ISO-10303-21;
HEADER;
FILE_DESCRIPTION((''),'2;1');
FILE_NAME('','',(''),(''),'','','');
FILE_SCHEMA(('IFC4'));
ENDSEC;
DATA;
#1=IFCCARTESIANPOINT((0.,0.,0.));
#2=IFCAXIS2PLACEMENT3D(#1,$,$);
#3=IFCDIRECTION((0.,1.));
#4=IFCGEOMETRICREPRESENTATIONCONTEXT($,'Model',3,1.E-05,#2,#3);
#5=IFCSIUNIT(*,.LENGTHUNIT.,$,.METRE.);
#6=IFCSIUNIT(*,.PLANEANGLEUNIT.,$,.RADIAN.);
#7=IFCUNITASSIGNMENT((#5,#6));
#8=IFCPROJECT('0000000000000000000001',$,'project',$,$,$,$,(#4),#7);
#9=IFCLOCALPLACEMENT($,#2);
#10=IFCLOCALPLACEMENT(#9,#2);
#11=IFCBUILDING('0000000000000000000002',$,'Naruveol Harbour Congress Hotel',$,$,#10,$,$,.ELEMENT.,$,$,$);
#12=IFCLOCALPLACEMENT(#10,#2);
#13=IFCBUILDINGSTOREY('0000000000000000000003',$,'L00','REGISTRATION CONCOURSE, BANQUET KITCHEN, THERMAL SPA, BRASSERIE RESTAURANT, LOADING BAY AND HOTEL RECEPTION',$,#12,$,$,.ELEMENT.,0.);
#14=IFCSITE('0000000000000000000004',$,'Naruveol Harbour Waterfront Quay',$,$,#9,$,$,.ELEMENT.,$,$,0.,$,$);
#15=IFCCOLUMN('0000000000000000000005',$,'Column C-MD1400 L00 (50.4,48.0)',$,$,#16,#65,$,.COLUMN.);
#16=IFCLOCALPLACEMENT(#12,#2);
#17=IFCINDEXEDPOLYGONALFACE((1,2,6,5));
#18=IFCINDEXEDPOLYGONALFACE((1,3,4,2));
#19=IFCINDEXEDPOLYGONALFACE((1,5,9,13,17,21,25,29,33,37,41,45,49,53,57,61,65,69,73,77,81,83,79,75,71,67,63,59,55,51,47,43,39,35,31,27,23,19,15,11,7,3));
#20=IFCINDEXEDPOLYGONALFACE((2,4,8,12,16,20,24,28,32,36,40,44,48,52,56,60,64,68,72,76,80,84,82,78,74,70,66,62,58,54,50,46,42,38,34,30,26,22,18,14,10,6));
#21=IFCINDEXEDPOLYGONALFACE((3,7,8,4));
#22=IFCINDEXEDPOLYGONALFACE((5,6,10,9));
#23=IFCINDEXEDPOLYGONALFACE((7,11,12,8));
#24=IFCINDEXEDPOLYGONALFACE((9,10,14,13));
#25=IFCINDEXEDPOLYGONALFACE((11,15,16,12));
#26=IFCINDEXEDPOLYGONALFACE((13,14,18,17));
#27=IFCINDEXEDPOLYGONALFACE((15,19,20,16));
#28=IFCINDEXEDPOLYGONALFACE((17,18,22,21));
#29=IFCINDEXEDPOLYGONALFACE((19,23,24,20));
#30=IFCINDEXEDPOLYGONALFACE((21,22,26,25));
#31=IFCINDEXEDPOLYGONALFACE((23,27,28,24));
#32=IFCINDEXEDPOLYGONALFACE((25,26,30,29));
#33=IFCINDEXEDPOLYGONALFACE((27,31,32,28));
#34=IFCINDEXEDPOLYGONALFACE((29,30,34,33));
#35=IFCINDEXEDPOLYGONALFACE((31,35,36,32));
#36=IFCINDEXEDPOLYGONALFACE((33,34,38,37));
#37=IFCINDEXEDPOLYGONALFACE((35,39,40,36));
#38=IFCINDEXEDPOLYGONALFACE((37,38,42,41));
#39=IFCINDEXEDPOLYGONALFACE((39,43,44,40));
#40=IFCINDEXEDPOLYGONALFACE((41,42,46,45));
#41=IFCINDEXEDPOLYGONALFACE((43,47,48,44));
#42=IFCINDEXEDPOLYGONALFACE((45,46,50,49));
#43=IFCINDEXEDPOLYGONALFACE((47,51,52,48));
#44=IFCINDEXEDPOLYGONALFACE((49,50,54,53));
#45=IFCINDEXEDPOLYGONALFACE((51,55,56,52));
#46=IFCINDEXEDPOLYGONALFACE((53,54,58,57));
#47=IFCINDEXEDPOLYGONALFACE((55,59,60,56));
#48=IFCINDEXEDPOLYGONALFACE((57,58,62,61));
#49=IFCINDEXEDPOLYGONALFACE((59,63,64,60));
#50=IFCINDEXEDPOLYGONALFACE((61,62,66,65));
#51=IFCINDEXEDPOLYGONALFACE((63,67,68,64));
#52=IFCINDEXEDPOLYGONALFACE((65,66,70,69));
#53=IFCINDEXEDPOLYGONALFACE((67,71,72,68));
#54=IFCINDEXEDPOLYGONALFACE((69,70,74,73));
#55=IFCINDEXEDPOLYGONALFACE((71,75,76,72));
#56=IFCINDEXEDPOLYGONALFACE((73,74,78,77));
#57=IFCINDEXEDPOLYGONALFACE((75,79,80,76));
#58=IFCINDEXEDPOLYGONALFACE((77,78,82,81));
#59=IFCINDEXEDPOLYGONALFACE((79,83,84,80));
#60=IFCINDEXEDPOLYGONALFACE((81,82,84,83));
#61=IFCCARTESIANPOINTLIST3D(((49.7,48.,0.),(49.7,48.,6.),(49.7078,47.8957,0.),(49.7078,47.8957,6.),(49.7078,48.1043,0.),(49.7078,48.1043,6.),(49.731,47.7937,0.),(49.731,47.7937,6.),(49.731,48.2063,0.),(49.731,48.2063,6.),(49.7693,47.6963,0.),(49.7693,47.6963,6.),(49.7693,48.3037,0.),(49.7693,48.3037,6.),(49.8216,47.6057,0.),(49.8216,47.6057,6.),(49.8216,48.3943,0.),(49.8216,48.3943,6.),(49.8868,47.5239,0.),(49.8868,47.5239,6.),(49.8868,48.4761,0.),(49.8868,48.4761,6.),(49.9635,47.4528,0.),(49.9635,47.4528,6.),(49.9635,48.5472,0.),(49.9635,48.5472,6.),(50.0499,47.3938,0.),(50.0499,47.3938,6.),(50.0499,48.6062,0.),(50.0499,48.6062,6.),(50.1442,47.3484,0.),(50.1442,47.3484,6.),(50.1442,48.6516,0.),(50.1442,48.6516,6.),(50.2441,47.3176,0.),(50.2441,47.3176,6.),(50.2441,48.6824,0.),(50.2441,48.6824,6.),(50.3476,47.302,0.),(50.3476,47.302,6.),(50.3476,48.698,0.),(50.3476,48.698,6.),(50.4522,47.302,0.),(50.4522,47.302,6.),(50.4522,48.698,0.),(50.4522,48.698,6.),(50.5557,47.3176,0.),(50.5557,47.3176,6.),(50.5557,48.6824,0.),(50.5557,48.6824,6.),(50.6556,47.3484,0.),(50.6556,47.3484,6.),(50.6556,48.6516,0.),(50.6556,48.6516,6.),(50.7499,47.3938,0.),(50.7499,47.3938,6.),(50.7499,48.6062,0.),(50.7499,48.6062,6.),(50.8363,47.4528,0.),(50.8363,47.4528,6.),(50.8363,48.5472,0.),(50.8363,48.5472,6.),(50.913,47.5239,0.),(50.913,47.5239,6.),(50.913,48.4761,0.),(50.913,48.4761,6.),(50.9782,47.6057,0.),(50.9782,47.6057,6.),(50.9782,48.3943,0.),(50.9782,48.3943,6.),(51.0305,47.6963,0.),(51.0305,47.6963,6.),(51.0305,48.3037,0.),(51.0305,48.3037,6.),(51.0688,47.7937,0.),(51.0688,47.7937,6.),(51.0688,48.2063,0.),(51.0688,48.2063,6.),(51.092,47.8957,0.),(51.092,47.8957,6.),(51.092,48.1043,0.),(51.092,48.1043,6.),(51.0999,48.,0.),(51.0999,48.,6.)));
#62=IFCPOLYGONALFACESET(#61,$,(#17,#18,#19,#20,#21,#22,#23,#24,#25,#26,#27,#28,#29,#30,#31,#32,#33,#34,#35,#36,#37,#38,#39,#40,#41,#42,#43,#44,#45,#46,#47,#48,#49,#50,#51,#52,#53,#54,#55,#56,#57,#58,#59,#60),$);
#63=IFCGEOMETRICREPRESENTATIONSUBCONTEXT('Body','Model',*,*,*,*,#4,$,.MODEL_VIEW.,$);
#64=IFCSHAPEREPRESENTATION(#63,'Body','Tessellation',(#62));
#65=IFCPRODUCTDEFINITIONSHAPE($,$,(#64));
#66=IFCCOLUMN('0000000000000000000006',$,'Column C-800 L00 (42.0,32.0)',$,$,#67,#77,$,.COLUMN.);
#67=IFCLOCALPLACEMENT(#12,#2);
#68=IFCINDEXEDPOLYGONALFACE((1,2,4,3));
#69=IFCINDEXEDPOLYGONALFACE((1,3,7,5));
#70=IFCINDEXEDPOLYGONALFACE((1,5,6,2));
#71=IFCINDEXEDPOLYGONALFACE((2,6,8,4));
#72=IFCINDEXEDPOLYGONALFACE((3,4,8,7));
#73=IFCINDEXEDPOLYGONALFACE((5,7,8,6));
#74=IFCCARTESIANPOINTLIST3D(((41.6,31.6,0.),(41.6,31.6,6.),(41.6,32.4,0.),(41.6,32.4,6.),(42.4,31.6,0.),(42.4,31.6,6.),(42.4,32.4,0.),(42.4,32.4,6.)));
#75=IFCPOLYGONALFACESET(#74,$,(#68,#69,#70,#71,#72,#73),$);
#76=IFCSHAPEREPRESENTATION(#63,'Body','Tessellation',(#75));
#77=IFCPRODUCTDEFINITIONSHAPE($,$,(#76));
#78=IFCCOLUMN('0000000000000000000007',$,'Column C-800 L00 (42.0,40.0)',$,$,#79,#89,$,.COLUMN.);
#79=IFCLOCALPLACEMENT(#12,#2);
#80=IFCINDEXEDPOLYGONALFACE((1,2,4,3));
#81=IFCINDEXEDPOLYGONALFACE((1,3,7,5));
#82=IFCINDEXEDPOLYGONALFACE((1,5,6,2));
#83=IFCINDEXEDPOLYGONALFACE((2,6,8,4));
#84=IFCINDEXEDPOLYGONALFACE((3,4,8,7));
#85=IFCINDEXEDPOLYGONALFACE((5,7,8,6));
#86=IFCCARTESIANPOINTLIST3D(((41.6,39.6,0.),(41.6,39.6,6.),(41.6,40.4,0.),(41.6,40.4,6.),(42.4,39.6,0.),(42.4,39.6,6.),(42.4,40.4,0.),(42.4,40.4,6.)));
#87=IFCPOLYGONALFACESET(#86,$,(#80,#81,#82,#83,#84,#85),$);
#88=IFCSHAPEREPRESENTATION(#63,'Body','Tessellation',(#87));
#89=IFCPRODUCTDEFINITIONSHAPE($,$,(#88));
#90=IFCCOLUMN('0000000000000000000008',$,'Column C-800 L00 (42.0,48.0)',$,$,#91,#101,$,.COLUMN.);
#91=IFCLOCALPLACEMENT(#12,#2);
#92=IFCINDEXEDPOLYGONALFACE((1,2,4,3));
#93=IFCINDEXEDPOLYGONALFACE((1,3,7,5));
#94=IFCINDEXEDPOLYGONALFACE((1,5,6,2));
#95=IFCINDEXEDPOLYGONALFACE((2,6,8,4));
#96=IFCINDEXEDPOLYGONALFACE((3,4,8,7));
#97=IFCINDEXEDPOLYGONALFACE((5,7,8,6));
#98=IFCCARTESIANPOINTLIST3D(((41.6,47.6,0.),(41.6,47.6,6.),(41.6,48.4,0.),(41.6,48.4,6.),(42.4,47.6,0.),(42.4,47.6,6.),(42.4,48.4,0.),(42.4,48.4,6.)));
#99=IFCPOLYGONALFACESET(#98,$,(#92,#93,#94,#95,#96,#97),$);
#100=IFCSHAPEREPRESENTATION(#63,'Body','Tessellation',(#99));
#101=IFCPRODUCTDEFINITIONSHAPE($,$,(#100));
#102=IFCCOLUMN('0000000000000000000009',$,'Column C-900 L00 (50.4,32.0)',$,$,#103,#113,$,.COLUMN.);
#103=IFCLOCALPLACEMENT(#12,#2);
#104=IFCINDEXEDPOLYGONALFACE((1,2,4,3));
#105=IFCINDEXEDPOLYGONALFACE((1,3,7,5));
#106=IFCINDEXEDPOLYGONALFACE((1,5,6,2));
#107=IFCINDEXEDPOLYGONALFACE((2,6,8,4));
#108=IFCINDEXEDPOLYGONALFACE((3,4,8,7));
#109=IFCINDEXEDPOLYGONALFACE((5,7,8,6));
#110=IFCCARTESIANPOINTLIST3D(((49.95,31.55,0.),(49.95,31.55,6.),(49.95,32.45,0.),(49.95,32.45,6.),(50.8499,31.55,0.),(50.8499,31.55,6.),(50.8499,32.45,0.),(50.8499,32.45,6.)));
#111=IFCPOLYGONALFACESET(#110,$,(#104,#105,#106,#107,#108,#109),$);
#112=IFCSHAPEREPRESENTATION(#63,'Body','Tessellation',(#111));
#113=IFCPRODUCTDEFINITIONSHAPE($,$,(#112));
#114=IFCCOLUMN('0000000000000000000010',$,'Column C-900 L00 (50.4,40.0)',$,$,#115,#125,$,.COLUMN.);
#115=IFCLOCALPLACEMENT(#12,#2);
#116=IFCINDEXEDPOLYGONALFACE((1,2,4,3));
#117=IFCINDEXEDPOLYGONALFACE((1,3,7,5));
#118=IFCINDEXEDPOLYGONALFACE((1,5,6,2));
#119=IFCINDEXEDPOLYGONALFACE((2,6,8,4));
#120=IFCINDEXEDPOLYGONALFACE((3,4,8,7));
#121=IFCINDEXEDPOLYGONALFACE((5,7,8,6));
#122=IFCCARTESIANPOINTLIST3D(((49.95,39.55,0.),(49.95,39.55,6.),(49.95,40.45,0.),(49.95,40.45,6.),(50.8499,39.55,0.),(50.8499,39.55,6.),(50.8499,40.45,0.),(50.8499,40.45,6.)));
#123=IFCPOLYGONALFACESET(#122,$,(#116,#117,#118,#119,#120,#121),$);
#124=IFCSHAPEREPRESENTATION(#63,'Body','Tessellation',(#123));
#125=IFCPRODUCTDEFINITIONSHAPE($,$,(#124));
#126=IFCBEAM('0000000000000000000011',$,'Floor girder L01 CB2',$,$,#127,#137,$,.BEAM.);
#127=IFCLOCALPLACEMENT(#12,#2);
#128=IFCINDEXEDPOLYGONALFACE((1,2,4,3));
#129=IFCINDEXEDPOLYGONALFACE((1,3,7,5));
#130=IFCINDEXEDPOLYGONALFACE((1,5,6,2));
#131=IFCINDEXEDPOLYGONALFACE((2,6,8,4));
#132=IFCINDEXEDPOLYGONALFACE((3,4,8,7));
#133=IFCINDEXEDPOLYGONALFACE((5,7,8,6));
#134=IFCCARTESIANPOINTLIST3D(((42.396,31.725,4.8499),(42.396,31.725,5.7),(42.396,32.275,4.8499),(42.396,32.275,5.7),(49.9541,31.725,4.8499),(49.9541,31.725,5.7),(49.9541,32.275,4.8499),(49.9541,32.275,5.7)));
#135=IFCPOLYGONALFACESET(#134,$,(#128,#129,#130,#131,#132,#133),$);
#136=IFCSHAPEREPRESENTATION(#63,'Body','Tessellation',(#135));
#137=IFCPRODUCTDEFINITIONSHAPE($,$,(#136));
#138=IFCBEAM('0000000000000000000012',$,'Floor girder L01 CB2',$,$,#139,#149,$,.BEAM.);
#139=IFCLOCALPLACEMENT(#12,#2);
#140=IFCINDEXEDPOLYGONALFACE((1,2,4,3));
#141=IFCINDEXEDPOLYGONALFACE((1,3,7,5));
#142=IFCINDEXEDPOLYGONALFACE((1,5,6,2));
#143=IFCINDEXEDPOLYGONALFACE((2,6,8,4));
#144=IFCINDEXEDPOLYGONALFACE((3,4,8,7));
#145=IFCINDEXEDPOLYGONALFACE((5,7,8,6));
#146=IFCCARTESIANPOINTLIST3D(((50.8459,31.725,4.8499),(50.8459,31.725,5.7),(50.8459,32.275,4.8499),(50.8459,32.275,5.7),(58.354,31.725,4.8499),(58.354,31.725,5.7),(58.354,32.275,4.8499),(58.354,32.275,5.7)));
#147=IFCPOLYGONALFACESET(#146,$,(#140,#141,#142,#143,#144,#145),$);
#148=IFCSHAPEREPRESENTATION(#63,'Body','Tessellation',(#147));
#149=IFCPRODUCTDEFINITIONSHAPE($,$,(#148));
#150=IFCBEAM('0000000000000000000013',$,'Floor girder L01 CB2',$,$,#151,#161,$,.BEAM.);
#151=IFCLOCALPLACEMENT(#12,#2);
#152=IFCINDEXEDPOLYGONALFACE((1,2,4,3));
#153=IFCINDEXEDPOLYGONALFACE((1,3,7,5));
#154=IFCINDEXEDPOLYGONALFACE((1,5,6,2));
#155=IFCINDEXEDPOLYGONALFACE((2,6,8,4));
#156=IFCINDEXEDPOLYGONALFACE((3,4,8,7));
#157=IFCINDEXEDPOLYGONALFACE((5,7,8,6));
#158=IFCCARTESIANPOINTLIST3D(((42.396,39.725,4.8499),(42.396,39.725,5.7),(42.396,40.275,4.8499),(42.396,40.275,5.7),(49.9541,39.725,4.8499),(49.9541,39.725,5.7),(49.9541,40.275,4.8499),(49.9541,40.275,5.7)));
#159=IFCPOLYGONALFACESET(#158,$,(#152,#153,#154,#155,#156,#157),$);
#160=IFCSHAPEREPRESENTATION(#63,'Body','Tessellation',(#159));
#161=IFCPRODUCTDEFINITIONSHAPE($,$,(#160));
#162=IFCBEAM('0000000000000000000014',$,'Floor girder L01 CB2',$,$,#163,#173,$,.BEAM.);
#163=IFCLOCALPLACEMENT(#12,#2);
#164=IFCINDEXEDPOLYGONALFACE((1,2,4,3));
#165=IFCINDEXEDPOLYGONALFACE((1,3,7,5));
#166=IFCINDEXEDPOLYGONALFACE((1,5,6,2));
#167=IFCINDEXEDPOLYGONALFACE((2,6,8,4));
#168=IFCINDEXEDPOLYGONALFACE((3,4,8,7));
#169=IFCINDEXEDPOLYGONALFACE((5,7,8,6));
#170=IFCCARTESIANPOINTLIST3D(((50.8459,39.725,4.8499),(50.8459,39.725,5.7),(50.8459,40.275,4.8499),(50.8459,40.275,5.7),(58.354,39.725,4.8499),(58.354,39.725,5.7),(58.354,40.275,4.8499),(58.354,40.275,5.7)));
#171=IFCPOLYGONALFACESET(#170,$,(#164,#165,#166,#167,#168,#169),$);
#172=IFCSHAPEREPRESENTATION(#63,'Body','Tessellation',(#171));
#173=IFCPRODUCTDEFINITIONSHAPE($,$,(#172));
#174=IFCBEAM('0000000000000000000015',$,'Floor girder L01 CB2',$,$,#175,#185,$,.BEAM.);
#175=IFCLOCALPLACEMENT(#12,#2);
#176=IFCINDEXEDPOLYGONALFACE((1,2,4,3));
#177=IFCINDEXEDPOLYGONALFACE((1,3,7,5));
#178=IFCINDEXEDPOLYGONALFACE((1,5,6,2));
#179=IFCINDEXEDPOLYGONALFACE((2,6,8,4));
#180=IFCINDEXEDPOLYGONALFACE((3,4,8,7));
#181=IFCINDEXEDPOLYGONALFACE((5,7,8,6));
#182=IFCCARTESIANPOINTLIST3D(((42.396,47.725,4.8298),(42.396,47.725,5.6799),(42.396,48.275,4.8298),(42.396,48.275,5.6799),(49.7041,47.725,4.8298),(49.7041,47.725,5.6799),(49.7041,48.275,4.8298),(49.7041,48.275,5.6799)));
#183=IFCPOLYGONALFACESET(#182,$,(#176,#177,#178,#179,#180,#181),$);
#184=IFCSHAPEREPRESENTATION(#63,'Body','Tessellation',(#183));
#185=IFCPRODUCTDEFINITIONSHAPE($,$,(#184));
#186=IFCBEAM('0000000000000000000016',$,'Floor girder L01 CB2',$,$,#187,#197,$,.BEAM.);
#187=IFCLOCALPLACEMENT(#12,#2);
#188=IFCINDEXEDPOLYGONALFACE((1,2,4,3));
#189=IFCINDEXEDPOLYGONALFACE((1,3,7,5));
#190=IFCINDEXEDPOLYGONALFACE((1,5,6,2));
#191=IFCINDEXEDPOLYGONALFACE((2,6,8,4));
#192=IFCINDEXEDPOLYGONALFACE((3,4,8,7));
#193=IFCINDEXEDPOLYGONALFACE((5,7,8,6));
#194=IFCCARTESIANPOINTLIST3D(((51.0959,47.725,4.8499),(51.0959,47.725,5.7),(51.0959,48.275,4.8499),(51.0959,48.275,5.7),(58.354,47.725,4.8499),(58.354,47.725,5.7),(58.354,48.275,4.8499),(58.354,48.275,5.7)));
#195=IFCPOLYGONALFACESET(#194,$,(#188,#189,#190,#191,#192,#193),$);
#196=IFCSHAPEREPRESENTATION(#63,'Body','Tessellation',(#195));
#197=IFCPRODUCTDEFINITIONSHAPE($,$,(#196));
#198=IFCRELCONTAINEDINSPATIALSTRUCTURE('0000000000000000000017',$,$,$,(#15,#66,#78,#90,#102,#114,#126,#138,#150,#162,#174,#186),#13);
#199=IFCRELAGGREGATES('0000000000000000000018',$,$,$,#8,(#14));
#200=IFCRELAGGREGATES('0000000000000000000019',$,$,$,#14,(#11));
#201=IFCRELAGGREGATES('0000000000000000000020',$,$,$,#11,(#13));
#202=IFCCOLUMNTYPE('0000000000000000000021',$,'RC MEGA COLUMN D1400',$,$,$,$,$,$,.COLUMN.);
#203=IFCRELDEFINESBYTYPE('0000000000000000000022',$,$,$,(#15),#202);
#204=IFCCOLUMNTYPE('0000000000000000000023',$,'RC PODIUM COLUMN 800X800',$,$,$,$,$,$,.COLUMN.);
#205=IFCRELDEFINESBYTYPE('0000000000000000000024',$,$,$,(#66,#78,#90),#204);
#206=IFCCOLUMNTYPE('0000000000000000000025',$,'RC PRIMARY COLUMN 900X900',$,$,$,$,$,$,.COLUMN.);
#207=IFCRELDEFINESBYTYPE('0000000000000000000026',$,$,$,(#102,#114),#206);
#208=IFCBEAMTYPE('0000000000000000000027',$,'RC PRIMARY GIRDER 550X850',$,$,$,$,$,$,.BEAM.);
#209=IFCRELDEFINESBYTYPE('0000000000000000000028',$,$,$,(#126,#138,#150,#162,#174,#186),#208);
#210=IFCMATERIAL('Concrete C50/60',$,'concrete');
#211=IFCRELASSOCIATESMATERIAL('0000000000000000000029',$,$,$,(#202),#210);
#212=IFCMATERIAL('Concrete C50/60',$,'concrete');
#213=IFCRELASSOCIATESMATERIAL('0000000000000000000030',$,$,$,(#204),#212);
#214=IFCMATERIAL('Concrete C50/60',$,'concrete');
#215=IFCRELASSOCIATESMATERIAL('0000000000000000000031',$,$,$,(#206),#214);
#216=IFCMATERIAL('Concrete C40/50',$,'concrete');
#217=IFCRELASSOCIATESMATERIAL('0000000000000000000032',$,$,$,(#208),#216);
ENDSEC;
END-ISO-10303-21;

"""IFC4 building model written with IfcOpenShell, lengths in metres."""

from ifc_helpers import new_model, si_unit, direction, frame, origin, origin_2d, place, context, subcontext, project, spatial, rectangle, circle, extrude, material, material_profile, profile_set, type_object, element, save


model = new_model("IFC4")

# Units and contexts
model_context = context("Model", 3, precision=1e-05, world=origin(), true_north=direction((0.0, 1.0)))
body_context = subcontext(model_context, "Body", "Model", "MODEL_VIEW")
ifc_project = project(units=[si_unit("LENGTHUNIT", "METRE"), si_unit("PLANEANGLEUNIT", "RADIAN")], contexts=[model_context])

# Site, building, storey
site_placement = place(None, origin())
site = spatial("IfcSite", under=ifc_project, at=site_placement, Name="Naruveol Harbour Waterfront Quay", CompositionType="ELEMENT", RefElevation=0.0)
building_placement = place(site_placement, origin())
building = spatial("IfcBuilding", under=site, at=building_placement, Name="Naruveol Harbour Congress Hotel", CompositionType="ELEMENT")
storey_placement = place(building_placement, origin())
storey = spatial("IfcBuildingStorey", under=building, at=storey_placement, Name="L00", Description="REGISTRATION CONCOURSE, BANQUET KITCHEN, THERMAL SPA, BRASSERIE RESTAURANT, LOADING BAY AND HOTEL RECEPTION", CompositionType="ELEMENT", Elevation=0.0)

# Columns
ifc_material_1 = material(Name="Concrete C50/60", Category="concrete")
ifc_material_profile_1 = material_profile(ifc_material_1, circle(Radius=0.7, at=origin_2d()), Name="RC-D1400")
ifc_profile_set_1 = profile_set([ifc_material_profile_1], Name="Concrete C50/60")
column_type_1 = type_object("IfcColumnType", Name="RC MEGA COLUMN D1400", PredefinedType="COLUMN", material=ifc_profile_set_1)
column_placement = place(storey_placement, frame((50.3999, 48.0, 0.0), z_axis=(0.0, 0.0, 1.0), x_axis=(1.0, 0.0, 0.0)))
element("IfcColumn", 1, at=column_placement, inside=storey, type_object=column_type_1, Name="Column C-MD1400 L00 (50.4,48.0)", PredefinedType="COLUMN", context=body_context, shape_type="SweptSolid", body=[
    extrude(circle(Radius=0.7, at=origin_2d()), origin(), (0.0, 0.0, 1.0), 6.0),
])
ifc_material_2 = material(Name="Concrete C50/60", Category="concrete")
ifc_material_profile_2 = material_profile(ifc_material_2, rectangle(XDim=0.8, YDim=0.8, at=origin_2d()), Name="RC-800x800")
ifc_profile_set_2 = profile_set([ifc_material_profile_2], Name="Concrete C50/60")
column_type_2 = type_object("IfcColumnType", Name="RC PODIUM COLUMN 800X800", PredefinedType="COLUMN", material=ifc_profile_set_2)
for number, where, z_axis, x_axis, name in (
    (2, (42.0, 32.0, 0.0), (0.0, 0.0, 1.0), (1.0, 0.0, 0.0), "Column C-800 L00 (42.0,32.0)"),
    (3, (42.0, 40.0, 0.0), (0.0, 0.0, 1.0), (1.0, 0.0, 0.0), "Column C-800 L00 (42.0,40.0)"),
    (4, (42.0, 48.0, 0.0), (0.0, 0.0, 1.0), (1.0, 0.0, 0.0), "Column C-800 L00 (42.0,48.0)"),
):
    element("IfcColumn", number, at=place(storey_placement, frame(where, z_axis=z_axis, x_axis=x_axis)), inside=storey, type_object=column_type_2, Name=name, PredefinedType="COLUMN", context=body_context, shape_type="SweptSolid", body=[
        extrude(rectangle(XDim=0.8, YDim=0.8, at=origin_2d()), origin(), (0.0, 0.0, 1.0), 6.0),
    ])
ifc_material_3 = material(Name="Concrete C50/60", Category="concrete")
ifc_material_profile_3 = material_profile(ifc_material_3, rectangle(XDim=0.8999, YDim=0.8999, at=origin_2d()), Name="RC-900x900")
ifc_profile_set_3 = profile_set([ifc_material_profile_3], Name="Concrete C50/60")
column_type_3 = type_object("IfcColumnType", Name="RC PRIMARY COLUMN 900X900", PredefinedType="COLUMN", material=ifc_profile_set_3)
for number, where, z_axis, x_axis, name in (
    (5, (50.3999, 32.0, 0.0), (0.0, 0.0, 1.0), (1.0, 0.0, 0.0), "Column C-900 L00 (50.4,32.0)"),
    (6, (50.3999, 40.0, 0.0), (0.0, 0.0, 1.0), (1.0, 0.0, 0.0), "Column C-900 L00 (50.4,40.0)"),
):
    element("IfcColumn", number, at=place(storey_placement, frame(where, z_axis=z_axis, x_axis=x_axis)), inside=storey, type_object=column_type_3, Name=name, PredefinedType="COLUMN", context=body_context, shape_type="SweptSolid", body=[
        extrude(rectangle(XDim=0.8999, YDim=0.8999, at=origin_2d()), origin(), (0.0, 0.0, 1.0), 6.0),
    ])

# Beams
ifc_material_4 = material(Name="Concrete C40/50", Category="concrete")
ifc_material_profile_4 = material_profile(ifc_material_4, rectangle(XDim=0.55, YDim=0.8501, at=origin_2d()), Name="RCB-550x850")
ifc_profile_set_4 = profile_set([ifc_material_profile_4], Name="Concrete C40/50")
beam_type_1 = type_object("IfcBeamType", Name="RC PRIMARY GIRDER 550X850", PredefinedType="BEAM", material=ifc_profile_set_4)
beam_1_placement = place(storey_placement, frame((42.396, 32.0, 5.2749), z_axis=(1.0, 0.0, 0.0), x_axis=(0.0, 1.0, 0.0)))
element("IfcBeam", 7, at=beam_1_placement, inside=storey, type_object=beam_type_1, Name="Floor girder L01 CB2", PredefinedType="BEAM", context=body_context, shape_type="SweptSolid", body=[
    extrude(rectangle(XDim=0.55, YDim=0.8501, at=origin_2d()), origin(), (0.0, 0.0, 1.0), 7.5581),
])
beam_2_placement = place(storey_placement, frame((50.8459, 32.0, 5.2749), z_axis=(1.0, 0.0, 0.0), x_axis=(0.0, 1.0, 0.0)))
element("IfcBeam", 8, at=beam_2_placement, inside=storey, type_object=beam_type_1, Name="Floor girder L01 CB2", PredefinedType="BEAM", context=body_context, shape_type="SweptSolid", body=[
    extrude(rectangle(XDim=0.55, YDim=0.8501, at=origin_2d()), origin(), (0.0, 0.0, 1.0), 7.5081),
])
beam_3_placement = place(storey_placement, frame((42.396, 40.0, 5.2749), z_axis=(1.0, 0.0, 0.0), x_axis=(0.0, 1.0, 0.0)))
element("IfcBeam", 9, at=beam_3_placement, inside=storey, type_object=beam_type_1, Name="Floor girder L01 CB2", PredefinedType="BEAM", context=body_context, shape_type="SweptSolid", body=[
    extrude(rectangle(XDim=0.55, YDim=0.8501, at=origin_2d()), origin(), (0.0, 0.0, 1.0), 7.5581),
])
beam_4_placement = place(storey_placement, frame((50.8459, 40.0, 5.2749), z_axis=(1.0, 0.0, 0.0), x_axis=(0.0, 1.0, 0.0)))
element("IfcBeam", 10, at=beam_4_placement, inside=storey, type_object=beam_type_1, Name="Floor girder L01 CB2", PredefinedType="BEAM", context=body_context, shape_type="SweptSolid", body=[
    extrude(rectangle(XDim=0.55, YDim=0.8501, at=origin_2d()), origin(), (0.0, 0.0, 1.0), 7.5081),
])
beam_5_placement = place(storey_placement, frame((42.396, 48.0, 5.2549), z_axis=(1.0, 0.0, 0.0), x_axis=(0.0, 1.0, 0.0)))
element("IfcBeam", 11, at=beam_5_placement, inside=storey, type_object=beam_type_1, Name="Floor girder L01 CB2", PredefinedType="BEAM", context=body_context, shape_type="SweptSolid", body=[
    extrude(rectangle(XDim=0.55, YDim=0.8501, at=origin_2d()), origin(), (0.0, 0.0, 1.0), 7.3081),
])
beam_6_placement = place(storey_placement, frame((51.0959, 48.0, 5.2749), z_axis=(1.0, 0.0, 0.0), x_axis=(0.0, 1.0, 0.0)))
element("IfcBeam", 12, at=beam_6_placement, inside=storey, type_object=beam_type_1, Name="Floor girder L01 CB2", PredefinedType="BEAM", context=body_context, shape_type="SweptSolid", body=[
    extrude(rectangle(XDim=0.55, YDim=0.8501, at=origin_2d()), origin(), (0.0, 0.0, 1.0), 7.2581),
])

save(model, "model.ifc")
